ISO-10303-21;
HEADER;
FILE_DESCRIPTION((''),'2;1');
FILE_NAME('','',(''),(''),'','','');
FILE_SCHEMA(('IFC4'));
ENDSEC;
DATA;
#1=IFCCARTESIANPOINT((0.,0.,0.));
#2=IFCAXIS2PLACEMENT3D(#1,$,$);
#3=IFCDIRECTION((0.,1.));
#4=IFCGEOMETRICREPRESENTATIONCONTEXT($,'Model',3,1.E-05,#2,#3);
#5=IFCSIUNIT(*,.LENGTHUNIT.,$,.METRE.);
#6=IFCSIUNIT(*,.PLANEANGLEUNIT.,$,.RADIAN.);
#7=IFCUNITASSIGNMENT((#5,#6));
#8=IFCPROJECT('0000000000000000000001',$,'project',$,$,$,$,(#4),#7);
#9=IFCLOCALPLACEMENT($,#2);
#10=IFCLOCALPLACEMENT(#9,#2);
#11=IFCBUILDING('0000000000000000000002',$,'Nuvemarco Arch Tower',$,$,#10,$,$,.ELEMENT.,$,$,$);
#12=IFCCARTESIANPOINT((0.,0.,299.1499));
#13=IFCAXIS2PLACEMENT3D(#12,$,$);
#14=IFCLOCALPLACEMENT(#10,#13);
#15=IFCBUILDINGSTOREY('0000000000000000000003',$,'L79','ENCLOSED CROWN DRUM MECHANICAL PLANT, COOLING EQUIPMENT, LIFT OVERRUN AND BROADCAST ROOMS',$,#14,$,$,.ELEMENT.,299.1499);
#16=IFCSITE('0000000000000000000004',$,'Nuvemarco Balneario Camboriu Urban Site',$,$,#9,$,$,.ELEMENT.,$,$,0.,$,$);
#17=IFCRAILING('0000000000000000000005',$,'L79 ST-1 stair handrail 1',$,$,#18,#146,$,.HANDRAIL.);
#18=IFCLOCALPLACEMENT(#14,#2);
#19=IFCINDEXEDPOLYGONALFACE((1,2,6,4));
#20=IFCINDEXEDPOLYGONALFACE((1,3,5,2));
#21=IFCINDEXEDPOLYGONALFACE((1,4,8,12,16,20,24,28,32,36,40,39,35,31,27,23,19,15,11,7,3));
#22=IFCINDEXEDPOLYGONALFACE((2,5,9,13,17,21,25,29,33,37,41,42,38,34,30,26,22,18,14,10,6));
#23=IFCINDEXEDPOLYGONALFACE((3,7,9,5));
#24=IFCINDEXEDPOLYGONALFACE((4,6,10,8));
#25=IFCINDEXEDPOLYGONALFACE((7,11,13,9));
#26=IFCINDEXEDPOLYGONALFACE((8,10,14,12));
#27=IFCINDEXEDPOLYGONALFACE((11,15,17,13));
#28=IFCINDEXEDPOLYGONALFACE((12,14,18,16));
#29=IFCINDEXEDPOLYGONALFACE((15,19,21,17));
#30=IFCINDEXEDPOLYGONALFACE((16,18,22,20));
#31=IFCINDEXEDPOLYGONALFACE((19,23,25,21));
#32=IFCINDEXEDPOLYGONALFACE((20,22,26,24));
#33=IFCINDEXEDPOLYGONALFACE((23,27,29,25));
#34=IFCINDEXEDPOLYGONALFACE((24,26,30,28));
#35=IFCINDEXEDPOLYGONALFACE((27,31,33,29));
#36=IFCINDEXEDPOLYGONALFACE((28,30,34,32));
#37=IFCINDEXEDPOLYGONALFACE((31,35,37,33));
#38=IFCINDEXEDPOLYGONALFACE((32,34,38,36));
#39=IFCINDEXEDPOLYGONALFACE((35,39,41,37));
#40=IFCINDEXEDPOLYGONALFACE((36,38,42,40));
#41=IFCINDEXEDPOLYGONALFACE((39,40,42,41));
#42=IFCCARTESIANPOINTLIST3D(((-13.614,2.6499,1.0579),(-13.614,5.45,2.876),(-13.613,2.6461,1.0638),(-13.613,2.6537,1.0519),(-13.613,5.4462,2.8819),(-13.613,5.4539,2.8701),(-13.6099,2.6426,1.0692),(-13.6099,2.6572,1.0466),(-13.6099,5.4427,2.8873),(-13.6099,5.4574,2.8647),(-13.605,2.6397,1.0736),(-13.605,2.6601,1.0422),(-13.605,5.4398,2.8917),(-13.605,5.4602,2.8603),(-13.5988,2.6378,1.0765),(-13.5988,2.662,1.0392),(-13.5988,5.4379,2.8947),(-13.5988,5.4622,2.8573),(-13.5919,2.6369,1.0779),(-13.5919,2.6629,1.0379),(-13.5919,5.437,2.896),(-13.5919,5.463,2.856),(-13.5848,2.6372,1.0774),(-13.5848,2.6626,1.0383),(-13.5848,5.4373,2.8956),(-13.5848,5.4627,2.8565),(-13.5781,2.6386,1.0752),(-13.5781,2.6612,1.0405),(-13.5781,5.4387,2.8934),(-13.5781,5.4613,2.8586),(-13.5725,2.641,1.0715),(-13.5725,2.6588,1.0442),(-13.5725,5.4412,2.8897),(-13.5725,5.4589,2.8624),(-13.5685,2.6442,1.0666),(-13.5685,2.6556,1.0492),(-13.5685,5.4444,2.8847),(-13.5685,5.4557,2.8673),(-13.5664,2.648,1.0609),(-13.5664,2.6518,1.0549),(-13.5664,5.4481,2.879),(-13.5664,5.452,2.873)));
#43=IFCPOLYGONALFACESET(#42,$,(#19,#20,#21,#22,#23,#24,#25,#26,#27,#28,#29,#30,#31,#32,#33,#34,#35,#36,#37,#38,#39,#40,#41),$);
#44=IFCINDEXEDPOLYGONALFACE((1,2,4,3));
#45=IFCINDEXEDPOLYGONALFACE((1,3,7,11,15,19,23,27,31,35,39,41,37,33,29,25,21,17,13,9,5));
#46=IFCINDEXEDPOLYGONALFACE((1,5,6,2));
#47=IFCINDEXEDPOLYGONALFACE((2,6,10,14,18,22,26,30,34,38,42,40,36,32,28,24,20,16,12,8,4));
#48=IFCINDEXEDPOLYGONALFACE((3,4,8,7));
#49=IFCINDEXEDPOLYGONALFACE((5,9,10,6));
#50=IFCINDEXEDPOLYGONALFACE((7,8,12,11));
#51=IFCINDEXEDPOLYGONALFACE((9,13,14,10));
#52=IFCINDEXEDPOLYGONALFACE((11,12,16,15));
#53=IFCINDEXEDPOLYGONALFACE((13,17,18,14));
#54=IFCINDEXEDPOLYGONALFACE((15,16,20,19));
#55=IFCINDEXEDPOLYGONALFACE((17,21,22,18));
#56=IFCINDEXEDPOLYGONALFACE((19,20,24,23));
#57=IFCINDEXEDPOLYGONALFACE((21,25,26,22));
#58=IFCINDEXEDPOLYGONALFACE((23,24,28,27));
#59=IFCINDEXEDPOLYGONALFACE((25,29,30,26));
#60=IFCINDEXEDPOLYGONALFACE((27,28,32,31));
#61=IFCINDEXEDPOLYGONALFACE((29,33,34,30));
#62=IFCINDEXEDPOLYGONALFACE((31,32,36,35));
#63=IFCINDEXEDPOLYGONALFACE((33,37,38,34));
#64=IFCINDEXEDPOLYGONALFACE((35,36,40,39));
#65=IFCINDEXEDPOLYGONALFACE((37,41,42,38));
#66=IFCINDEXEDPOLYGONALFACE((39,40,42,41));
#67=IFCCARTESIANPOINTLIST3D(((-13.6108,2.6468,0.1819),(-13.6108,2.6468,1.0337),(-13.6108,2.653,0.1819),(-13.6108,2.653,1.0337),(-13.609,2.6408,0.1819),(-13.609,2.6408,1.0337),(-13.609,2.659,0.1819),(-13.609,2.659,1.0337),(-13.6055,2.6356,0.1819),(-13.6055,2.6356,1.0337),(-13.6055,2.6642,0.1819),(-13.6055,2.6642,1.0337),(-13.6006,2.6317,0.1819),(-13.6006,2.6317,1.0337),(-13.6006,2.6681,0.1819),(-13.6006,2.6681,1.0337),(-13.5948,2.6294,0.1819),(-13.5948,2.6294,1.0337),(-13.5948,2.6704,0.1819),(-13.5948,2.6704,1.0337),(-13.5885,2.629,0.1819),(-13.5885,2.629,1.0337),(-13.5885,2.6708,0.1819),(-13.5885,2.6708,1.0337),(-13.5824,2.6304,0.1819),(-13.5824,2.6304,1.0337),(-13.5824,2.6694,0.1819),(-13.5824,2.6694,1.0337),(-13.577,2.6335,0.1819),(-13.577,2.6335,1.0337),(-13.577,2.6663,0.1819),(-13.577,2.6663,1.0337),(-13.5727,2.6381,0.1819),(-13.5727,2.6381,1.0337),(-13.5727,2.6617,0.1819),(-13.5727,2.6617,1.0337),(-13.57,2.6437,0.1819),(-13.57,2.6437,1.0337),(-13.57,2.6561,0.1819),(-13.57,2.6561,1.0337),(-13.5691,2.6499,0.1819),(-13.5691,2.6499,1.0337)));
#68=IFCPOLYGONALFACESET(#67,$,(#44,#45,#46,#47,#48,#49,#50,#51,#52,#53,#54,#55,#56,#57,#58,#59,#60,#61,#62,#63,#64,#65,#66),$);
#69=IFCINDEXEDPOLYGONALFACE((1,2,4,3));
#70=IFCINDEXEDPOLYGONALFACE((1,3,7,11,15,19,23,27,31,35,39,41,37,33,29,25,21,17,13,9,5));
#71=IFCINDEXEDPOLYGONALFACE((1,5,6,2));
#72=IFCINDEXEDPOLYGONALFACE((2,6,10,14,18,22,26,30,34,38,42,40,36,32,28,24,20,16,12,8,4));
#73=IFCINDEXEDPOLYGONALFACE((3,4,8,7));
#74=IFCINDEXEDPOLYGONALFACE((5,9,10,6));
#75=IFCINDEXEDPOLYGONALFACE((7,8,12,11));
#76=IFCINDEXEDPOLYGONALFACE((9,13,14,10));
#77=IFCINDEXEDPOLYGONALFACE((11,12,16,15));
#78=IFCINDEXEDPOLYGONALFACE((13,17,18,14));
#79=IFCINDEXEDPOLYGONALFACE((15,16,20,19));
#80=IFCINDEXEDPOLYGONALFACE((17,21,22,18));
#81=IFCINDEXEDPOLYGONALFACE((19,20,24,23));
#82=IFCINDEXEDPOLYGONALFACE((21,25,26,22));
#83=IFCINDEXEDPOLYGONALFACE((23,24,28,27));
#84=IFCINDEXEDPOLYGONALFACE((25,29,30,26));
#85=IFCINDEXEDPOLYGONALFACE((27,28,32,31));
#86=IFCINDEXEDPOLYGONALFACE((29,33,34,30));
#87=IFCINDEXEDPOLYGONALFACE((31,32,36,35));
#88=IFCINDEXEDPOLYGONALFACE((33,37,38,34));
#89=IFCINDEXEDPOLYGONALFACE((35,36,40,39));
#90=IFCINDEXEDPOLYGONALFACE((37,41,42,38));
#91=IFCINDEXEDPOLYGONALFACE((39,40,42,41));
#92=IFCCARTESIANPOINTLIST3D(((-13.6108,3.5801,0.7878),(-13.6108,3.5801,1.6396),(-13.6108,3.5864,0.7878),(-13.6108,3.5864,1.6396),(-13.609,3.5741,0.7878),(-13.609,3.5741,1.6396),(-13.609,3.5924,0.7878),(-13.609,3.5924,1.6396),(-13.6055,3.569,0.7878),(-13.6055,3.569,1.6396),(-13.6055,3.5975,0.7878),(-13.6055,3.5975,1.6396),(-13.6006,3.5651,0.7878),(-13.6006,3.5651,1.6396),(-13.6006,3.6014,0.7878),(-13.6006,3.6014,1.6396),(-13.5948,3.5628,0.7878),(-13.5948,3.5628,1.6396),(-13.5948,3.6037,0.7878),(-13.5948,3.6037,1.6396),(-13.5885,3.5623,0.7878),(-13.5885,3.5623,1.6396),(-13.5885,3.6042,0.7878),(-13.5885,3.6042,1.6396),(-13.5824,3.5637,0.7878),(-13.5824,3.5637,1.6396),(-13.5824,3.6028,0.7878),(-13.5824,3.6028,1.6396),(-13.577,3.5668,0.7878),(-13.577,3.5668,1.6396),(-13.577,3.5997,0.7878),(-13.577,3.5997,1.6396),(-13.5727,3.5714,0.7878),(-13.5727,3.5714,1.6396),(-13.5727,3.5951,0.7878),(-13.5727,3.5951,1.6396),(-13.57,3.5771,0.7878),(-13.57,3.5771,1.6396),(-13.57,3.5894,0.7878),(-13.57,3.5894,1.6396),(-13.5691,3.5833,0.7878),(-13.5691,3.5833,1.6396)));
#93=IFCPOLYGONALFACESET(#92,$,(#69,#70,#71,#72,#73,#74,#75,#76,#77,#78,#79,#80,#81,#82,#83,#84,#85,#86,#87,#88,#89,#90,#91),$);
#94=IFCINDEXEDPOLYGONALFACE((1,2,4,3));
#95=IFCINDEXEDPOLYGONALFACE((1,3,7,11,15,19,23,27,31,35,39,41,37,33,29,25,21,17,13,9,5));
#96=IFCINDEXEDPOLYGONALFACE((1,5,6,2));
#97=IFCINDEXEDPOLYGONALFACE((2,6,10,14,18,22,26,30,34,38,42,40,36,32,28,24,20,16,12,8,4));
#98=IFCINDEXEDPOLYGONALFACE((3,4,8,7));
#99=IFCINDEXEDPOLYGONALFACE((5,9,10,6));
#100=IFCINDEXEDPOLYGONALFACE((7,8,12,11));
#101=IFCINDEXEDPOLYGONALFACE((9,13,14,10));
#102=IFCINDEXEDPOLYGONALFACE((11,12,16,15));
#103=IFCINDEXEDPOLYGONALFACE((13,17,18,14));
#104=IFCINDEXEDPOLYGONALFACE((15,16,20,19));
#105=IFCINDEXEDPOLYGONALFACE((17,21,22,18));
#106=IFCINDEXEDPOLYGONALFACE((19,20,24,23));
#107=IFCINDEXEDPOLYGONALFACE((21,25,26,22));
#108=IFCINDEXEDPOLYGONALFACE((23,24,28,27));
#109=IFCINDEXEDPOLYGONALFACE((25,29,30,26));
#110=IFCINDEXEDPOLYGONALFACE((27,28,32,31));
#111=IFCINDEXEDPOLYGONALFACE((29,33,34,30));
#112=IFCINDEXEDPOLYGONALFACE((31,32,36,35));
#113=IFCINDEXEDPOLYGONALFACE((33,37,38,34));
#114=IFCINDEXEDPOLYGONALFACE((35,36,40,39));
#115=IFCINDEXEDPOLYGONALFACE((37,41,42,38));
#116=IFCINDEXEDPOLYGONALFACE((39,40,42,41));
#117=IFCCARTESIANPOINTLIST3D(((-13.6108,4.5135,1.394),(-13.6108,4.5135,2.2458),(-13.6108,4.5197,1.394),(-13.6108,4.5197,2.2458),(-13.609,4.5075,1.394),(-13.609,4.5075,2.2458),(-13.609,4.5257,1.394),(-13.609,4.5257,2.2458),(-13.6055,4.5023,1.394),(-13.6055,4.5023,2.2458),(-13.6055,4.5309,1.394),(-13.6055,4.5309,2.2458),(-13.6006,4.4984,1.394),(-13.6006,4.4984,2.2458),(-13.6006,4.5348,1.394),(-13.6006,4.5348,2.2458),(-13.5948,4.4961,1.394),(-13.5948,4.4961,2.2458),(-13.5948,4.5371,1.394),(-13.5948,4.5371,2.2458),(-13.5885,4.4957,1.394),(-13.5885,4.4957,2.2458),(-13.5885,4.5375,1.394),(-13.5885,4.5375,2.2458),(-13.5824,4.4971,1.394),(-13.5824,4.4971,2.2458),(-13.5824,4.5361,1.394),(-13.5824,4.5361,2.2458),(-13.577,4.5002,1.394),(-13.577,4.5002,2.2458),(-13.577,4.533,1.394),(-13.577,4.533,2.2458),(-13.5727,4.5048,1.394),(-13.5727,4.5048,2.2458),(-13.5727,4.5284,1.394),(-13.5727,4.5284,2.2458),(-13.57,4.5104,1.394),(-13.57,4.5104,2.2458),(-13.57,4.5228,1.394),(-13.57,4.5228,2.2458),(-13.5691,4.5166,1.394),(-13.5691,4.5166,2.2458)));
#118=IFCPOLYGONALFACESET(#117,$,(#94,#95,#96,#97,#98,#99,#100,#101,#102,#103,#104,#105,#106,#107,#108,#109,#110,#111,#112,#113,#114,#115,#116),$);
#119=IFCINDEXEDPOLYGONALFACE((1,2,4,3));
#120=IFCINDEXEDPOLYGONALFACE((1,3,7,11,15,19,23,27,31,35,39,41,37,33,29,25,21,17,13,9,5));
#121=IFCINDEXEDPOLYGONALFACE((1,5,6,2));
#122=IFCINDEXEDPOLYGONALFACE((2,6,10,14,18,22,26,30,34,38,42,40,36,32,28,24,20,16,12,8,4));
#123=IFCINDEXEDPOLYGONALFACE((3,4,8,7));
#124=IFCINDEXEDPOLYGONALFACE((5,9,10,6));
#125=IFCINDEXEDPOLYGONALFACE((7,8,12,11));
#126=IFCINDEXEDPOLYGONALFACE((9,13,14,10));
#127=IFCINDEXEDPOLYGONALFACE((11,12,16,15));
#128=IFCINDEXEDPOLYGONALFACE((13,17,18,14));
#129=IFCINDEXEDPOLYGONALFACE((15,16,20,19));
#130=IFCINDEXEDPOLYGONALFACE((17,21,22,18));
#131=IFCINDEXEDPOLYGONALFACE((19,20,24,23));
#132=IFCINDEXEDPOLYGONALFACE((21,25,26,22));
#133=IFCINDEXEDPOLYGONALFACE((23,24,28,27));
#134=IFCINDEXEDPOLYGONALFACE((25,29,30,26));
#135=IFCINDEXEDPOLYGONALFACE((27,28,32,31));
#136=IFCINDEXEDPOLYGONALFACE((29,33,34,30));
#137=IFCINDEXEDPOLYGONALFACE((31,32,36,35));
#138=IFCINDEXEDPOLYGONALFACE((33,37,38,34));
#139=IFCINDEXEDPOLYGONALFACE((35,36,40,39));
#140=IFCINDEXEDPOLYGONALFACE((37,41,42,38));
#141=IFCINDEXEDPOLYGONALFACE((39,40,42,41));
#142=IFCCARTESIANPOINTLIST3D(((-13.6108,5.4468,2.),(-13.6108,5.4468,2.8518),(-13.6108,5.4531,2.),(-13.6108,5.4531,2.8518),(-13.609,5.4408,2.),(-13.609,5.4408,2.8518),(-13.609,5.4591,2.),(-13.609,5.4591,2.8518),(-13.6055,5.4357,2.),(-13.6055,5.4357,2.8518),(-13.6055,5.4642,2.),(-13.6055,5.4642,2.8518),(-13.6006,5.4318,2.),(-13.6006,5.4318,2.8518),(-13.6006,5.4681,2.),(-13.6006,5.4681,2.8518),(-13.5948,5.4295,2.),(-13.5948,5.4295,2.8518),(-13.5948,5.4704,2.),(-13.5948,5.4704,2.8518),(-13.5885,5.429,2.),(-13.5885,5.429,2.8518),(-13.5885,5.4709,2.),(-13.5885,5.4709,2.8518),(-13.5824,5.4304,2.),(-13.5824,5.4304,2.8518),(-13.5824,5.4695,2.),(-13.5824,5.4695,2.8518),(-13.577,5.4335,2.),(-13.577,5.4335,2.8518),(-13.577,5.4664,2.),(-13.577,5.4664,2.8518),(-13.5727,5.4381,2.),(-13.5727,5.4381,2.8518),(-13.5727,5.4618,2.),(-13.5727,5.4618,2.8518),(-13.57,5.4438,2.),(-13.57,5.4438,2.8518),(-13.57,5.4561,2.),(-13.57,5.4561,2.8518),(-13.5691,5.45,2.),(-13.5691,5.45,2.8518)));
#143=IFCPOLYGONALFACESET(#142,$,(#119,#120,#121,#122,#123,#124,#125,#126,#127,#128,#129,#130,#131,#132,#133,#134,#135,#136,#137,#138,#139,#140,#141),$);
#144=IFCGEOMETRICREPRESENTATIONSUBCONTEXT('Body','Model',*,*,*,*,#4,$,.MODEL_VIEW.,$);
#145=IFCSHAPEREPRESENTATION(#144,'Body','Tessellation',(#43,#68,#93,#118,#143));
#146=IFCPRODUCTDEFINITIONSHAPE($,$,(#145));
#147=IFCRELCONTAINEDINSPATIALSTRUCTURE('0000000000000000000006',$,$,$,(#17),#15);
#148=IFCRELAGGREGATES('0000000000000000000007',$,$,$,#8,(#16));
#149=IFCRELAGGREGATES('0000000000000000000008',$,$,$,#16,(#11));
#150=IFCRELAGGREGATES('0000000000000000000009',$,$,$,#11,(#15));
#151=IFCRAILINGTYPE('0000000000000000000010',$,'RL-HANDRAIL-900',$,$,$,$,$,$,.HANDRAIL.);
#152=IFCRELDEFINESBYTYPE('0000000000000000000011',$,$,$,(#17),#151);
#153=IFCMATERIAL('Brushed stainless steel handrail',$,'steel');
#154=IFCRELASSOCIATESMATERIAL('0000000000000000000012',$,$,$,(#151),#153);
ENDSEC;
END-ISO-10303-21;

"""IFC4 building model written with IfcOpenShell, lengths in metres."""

from ifc_helpers import new_model, si_unit, direction, frame, origin, origin_2d, place, context, subcontext, project, spatial, circle, extrude, material, type_object, element, save


model = new_model("IFC4")

# Units and contexts
model_context = context("Model", 3, precision=1e-05, world=origin(), true_north=direction((0.0, 1.0)))
body_context = subcontext(model_context, "Body", "Model", "MODEL_VIEW")
ifc_project = project(units=[si_unit("LENGTHUNIT", "METRE"), si_unit("PLANEANGLEUNIT", "RADIAN")], contexts=[model_context])

# Site, building, storey
site_placement = place(None, origin())
site = spatial("IfcSite", under=ifc_project, at=site_placement, Name="Nuvemarco Balneario Camboriu Urban Site", CompositionType="ELEMENT", RefElevation=0.0)
building_placement = place(site_placement, origin())
building = spatial("IfcBuilding", under=site, at=building_placement, Name="Nuvemarco Arch Tower", CompositionType="ELEMENT")
storey_placement = place(building_placement, frame((0.0, 0.0, 299.1499)))
storey = spatial("IfcBuildingStorey", under=building, at=storey_placement, Name="L79", Description="ENCLOSED CROWN DRUM MECHANICAL PLANT, COOLING EQUIPMENT, LIFT OVERRUN AND BROADCAST ROOMS", CompositionType="ELEMENT", Elevation=299.1499)

# Railing
ifc_material_1 = material(Name="Brushed stainless steel handrail", Category="steel")
railing_type_1 = type_object("IfcRailingType", Name="RL-HANDRAIL-900", PredefinedType="HANDRAIL", material=ifc_material_1)
railing_1_placement = place(storey_placement, frame((-13.5901, 2.6499, 0.1819)))
element("IfcRailing", 1, at=railing_1_placement, inside=storey, type_object=railing_type_1, Name="L79 ST-1 stair handrail 1", PredefinedType="HANDRAIL", context=body_context, shape_type="SweptSolid", body=[
    extrude(circle(Radius=0.0239, at=origin_2d()), frame((0.0, 0.0, 0.876), z_axis=(0.0, 0.838706, 0.544585), x_axis=(-1.0, 0.0, 0.0)), (0.0, 0.0, 1.0), 3.3386),
    extrude(circle(Radius=0.021, at=origin_2d()), origin(), (0.0, 0.0, 1.0), 0.8518),
    extrude(circle(Radius=0.021, at=origin_2d()), frame((0.0, 0.9333, 0.606)), (0.0, 0.0, 1.0), 0.8518),
    extrude(circle(Radius=0.021, at=origin_2d()), frame((0.0, 1.8667, 1.2122)), (0.0, 0.0, 1.0), 0.8518),
    extrude(circle(Radius=0.021, at=origin_2d()), frame((0.0, 2.8, 1.8181)), (0.0, 0.0, 1.0), 0.8518),
])

save(model, "model.ifc")
